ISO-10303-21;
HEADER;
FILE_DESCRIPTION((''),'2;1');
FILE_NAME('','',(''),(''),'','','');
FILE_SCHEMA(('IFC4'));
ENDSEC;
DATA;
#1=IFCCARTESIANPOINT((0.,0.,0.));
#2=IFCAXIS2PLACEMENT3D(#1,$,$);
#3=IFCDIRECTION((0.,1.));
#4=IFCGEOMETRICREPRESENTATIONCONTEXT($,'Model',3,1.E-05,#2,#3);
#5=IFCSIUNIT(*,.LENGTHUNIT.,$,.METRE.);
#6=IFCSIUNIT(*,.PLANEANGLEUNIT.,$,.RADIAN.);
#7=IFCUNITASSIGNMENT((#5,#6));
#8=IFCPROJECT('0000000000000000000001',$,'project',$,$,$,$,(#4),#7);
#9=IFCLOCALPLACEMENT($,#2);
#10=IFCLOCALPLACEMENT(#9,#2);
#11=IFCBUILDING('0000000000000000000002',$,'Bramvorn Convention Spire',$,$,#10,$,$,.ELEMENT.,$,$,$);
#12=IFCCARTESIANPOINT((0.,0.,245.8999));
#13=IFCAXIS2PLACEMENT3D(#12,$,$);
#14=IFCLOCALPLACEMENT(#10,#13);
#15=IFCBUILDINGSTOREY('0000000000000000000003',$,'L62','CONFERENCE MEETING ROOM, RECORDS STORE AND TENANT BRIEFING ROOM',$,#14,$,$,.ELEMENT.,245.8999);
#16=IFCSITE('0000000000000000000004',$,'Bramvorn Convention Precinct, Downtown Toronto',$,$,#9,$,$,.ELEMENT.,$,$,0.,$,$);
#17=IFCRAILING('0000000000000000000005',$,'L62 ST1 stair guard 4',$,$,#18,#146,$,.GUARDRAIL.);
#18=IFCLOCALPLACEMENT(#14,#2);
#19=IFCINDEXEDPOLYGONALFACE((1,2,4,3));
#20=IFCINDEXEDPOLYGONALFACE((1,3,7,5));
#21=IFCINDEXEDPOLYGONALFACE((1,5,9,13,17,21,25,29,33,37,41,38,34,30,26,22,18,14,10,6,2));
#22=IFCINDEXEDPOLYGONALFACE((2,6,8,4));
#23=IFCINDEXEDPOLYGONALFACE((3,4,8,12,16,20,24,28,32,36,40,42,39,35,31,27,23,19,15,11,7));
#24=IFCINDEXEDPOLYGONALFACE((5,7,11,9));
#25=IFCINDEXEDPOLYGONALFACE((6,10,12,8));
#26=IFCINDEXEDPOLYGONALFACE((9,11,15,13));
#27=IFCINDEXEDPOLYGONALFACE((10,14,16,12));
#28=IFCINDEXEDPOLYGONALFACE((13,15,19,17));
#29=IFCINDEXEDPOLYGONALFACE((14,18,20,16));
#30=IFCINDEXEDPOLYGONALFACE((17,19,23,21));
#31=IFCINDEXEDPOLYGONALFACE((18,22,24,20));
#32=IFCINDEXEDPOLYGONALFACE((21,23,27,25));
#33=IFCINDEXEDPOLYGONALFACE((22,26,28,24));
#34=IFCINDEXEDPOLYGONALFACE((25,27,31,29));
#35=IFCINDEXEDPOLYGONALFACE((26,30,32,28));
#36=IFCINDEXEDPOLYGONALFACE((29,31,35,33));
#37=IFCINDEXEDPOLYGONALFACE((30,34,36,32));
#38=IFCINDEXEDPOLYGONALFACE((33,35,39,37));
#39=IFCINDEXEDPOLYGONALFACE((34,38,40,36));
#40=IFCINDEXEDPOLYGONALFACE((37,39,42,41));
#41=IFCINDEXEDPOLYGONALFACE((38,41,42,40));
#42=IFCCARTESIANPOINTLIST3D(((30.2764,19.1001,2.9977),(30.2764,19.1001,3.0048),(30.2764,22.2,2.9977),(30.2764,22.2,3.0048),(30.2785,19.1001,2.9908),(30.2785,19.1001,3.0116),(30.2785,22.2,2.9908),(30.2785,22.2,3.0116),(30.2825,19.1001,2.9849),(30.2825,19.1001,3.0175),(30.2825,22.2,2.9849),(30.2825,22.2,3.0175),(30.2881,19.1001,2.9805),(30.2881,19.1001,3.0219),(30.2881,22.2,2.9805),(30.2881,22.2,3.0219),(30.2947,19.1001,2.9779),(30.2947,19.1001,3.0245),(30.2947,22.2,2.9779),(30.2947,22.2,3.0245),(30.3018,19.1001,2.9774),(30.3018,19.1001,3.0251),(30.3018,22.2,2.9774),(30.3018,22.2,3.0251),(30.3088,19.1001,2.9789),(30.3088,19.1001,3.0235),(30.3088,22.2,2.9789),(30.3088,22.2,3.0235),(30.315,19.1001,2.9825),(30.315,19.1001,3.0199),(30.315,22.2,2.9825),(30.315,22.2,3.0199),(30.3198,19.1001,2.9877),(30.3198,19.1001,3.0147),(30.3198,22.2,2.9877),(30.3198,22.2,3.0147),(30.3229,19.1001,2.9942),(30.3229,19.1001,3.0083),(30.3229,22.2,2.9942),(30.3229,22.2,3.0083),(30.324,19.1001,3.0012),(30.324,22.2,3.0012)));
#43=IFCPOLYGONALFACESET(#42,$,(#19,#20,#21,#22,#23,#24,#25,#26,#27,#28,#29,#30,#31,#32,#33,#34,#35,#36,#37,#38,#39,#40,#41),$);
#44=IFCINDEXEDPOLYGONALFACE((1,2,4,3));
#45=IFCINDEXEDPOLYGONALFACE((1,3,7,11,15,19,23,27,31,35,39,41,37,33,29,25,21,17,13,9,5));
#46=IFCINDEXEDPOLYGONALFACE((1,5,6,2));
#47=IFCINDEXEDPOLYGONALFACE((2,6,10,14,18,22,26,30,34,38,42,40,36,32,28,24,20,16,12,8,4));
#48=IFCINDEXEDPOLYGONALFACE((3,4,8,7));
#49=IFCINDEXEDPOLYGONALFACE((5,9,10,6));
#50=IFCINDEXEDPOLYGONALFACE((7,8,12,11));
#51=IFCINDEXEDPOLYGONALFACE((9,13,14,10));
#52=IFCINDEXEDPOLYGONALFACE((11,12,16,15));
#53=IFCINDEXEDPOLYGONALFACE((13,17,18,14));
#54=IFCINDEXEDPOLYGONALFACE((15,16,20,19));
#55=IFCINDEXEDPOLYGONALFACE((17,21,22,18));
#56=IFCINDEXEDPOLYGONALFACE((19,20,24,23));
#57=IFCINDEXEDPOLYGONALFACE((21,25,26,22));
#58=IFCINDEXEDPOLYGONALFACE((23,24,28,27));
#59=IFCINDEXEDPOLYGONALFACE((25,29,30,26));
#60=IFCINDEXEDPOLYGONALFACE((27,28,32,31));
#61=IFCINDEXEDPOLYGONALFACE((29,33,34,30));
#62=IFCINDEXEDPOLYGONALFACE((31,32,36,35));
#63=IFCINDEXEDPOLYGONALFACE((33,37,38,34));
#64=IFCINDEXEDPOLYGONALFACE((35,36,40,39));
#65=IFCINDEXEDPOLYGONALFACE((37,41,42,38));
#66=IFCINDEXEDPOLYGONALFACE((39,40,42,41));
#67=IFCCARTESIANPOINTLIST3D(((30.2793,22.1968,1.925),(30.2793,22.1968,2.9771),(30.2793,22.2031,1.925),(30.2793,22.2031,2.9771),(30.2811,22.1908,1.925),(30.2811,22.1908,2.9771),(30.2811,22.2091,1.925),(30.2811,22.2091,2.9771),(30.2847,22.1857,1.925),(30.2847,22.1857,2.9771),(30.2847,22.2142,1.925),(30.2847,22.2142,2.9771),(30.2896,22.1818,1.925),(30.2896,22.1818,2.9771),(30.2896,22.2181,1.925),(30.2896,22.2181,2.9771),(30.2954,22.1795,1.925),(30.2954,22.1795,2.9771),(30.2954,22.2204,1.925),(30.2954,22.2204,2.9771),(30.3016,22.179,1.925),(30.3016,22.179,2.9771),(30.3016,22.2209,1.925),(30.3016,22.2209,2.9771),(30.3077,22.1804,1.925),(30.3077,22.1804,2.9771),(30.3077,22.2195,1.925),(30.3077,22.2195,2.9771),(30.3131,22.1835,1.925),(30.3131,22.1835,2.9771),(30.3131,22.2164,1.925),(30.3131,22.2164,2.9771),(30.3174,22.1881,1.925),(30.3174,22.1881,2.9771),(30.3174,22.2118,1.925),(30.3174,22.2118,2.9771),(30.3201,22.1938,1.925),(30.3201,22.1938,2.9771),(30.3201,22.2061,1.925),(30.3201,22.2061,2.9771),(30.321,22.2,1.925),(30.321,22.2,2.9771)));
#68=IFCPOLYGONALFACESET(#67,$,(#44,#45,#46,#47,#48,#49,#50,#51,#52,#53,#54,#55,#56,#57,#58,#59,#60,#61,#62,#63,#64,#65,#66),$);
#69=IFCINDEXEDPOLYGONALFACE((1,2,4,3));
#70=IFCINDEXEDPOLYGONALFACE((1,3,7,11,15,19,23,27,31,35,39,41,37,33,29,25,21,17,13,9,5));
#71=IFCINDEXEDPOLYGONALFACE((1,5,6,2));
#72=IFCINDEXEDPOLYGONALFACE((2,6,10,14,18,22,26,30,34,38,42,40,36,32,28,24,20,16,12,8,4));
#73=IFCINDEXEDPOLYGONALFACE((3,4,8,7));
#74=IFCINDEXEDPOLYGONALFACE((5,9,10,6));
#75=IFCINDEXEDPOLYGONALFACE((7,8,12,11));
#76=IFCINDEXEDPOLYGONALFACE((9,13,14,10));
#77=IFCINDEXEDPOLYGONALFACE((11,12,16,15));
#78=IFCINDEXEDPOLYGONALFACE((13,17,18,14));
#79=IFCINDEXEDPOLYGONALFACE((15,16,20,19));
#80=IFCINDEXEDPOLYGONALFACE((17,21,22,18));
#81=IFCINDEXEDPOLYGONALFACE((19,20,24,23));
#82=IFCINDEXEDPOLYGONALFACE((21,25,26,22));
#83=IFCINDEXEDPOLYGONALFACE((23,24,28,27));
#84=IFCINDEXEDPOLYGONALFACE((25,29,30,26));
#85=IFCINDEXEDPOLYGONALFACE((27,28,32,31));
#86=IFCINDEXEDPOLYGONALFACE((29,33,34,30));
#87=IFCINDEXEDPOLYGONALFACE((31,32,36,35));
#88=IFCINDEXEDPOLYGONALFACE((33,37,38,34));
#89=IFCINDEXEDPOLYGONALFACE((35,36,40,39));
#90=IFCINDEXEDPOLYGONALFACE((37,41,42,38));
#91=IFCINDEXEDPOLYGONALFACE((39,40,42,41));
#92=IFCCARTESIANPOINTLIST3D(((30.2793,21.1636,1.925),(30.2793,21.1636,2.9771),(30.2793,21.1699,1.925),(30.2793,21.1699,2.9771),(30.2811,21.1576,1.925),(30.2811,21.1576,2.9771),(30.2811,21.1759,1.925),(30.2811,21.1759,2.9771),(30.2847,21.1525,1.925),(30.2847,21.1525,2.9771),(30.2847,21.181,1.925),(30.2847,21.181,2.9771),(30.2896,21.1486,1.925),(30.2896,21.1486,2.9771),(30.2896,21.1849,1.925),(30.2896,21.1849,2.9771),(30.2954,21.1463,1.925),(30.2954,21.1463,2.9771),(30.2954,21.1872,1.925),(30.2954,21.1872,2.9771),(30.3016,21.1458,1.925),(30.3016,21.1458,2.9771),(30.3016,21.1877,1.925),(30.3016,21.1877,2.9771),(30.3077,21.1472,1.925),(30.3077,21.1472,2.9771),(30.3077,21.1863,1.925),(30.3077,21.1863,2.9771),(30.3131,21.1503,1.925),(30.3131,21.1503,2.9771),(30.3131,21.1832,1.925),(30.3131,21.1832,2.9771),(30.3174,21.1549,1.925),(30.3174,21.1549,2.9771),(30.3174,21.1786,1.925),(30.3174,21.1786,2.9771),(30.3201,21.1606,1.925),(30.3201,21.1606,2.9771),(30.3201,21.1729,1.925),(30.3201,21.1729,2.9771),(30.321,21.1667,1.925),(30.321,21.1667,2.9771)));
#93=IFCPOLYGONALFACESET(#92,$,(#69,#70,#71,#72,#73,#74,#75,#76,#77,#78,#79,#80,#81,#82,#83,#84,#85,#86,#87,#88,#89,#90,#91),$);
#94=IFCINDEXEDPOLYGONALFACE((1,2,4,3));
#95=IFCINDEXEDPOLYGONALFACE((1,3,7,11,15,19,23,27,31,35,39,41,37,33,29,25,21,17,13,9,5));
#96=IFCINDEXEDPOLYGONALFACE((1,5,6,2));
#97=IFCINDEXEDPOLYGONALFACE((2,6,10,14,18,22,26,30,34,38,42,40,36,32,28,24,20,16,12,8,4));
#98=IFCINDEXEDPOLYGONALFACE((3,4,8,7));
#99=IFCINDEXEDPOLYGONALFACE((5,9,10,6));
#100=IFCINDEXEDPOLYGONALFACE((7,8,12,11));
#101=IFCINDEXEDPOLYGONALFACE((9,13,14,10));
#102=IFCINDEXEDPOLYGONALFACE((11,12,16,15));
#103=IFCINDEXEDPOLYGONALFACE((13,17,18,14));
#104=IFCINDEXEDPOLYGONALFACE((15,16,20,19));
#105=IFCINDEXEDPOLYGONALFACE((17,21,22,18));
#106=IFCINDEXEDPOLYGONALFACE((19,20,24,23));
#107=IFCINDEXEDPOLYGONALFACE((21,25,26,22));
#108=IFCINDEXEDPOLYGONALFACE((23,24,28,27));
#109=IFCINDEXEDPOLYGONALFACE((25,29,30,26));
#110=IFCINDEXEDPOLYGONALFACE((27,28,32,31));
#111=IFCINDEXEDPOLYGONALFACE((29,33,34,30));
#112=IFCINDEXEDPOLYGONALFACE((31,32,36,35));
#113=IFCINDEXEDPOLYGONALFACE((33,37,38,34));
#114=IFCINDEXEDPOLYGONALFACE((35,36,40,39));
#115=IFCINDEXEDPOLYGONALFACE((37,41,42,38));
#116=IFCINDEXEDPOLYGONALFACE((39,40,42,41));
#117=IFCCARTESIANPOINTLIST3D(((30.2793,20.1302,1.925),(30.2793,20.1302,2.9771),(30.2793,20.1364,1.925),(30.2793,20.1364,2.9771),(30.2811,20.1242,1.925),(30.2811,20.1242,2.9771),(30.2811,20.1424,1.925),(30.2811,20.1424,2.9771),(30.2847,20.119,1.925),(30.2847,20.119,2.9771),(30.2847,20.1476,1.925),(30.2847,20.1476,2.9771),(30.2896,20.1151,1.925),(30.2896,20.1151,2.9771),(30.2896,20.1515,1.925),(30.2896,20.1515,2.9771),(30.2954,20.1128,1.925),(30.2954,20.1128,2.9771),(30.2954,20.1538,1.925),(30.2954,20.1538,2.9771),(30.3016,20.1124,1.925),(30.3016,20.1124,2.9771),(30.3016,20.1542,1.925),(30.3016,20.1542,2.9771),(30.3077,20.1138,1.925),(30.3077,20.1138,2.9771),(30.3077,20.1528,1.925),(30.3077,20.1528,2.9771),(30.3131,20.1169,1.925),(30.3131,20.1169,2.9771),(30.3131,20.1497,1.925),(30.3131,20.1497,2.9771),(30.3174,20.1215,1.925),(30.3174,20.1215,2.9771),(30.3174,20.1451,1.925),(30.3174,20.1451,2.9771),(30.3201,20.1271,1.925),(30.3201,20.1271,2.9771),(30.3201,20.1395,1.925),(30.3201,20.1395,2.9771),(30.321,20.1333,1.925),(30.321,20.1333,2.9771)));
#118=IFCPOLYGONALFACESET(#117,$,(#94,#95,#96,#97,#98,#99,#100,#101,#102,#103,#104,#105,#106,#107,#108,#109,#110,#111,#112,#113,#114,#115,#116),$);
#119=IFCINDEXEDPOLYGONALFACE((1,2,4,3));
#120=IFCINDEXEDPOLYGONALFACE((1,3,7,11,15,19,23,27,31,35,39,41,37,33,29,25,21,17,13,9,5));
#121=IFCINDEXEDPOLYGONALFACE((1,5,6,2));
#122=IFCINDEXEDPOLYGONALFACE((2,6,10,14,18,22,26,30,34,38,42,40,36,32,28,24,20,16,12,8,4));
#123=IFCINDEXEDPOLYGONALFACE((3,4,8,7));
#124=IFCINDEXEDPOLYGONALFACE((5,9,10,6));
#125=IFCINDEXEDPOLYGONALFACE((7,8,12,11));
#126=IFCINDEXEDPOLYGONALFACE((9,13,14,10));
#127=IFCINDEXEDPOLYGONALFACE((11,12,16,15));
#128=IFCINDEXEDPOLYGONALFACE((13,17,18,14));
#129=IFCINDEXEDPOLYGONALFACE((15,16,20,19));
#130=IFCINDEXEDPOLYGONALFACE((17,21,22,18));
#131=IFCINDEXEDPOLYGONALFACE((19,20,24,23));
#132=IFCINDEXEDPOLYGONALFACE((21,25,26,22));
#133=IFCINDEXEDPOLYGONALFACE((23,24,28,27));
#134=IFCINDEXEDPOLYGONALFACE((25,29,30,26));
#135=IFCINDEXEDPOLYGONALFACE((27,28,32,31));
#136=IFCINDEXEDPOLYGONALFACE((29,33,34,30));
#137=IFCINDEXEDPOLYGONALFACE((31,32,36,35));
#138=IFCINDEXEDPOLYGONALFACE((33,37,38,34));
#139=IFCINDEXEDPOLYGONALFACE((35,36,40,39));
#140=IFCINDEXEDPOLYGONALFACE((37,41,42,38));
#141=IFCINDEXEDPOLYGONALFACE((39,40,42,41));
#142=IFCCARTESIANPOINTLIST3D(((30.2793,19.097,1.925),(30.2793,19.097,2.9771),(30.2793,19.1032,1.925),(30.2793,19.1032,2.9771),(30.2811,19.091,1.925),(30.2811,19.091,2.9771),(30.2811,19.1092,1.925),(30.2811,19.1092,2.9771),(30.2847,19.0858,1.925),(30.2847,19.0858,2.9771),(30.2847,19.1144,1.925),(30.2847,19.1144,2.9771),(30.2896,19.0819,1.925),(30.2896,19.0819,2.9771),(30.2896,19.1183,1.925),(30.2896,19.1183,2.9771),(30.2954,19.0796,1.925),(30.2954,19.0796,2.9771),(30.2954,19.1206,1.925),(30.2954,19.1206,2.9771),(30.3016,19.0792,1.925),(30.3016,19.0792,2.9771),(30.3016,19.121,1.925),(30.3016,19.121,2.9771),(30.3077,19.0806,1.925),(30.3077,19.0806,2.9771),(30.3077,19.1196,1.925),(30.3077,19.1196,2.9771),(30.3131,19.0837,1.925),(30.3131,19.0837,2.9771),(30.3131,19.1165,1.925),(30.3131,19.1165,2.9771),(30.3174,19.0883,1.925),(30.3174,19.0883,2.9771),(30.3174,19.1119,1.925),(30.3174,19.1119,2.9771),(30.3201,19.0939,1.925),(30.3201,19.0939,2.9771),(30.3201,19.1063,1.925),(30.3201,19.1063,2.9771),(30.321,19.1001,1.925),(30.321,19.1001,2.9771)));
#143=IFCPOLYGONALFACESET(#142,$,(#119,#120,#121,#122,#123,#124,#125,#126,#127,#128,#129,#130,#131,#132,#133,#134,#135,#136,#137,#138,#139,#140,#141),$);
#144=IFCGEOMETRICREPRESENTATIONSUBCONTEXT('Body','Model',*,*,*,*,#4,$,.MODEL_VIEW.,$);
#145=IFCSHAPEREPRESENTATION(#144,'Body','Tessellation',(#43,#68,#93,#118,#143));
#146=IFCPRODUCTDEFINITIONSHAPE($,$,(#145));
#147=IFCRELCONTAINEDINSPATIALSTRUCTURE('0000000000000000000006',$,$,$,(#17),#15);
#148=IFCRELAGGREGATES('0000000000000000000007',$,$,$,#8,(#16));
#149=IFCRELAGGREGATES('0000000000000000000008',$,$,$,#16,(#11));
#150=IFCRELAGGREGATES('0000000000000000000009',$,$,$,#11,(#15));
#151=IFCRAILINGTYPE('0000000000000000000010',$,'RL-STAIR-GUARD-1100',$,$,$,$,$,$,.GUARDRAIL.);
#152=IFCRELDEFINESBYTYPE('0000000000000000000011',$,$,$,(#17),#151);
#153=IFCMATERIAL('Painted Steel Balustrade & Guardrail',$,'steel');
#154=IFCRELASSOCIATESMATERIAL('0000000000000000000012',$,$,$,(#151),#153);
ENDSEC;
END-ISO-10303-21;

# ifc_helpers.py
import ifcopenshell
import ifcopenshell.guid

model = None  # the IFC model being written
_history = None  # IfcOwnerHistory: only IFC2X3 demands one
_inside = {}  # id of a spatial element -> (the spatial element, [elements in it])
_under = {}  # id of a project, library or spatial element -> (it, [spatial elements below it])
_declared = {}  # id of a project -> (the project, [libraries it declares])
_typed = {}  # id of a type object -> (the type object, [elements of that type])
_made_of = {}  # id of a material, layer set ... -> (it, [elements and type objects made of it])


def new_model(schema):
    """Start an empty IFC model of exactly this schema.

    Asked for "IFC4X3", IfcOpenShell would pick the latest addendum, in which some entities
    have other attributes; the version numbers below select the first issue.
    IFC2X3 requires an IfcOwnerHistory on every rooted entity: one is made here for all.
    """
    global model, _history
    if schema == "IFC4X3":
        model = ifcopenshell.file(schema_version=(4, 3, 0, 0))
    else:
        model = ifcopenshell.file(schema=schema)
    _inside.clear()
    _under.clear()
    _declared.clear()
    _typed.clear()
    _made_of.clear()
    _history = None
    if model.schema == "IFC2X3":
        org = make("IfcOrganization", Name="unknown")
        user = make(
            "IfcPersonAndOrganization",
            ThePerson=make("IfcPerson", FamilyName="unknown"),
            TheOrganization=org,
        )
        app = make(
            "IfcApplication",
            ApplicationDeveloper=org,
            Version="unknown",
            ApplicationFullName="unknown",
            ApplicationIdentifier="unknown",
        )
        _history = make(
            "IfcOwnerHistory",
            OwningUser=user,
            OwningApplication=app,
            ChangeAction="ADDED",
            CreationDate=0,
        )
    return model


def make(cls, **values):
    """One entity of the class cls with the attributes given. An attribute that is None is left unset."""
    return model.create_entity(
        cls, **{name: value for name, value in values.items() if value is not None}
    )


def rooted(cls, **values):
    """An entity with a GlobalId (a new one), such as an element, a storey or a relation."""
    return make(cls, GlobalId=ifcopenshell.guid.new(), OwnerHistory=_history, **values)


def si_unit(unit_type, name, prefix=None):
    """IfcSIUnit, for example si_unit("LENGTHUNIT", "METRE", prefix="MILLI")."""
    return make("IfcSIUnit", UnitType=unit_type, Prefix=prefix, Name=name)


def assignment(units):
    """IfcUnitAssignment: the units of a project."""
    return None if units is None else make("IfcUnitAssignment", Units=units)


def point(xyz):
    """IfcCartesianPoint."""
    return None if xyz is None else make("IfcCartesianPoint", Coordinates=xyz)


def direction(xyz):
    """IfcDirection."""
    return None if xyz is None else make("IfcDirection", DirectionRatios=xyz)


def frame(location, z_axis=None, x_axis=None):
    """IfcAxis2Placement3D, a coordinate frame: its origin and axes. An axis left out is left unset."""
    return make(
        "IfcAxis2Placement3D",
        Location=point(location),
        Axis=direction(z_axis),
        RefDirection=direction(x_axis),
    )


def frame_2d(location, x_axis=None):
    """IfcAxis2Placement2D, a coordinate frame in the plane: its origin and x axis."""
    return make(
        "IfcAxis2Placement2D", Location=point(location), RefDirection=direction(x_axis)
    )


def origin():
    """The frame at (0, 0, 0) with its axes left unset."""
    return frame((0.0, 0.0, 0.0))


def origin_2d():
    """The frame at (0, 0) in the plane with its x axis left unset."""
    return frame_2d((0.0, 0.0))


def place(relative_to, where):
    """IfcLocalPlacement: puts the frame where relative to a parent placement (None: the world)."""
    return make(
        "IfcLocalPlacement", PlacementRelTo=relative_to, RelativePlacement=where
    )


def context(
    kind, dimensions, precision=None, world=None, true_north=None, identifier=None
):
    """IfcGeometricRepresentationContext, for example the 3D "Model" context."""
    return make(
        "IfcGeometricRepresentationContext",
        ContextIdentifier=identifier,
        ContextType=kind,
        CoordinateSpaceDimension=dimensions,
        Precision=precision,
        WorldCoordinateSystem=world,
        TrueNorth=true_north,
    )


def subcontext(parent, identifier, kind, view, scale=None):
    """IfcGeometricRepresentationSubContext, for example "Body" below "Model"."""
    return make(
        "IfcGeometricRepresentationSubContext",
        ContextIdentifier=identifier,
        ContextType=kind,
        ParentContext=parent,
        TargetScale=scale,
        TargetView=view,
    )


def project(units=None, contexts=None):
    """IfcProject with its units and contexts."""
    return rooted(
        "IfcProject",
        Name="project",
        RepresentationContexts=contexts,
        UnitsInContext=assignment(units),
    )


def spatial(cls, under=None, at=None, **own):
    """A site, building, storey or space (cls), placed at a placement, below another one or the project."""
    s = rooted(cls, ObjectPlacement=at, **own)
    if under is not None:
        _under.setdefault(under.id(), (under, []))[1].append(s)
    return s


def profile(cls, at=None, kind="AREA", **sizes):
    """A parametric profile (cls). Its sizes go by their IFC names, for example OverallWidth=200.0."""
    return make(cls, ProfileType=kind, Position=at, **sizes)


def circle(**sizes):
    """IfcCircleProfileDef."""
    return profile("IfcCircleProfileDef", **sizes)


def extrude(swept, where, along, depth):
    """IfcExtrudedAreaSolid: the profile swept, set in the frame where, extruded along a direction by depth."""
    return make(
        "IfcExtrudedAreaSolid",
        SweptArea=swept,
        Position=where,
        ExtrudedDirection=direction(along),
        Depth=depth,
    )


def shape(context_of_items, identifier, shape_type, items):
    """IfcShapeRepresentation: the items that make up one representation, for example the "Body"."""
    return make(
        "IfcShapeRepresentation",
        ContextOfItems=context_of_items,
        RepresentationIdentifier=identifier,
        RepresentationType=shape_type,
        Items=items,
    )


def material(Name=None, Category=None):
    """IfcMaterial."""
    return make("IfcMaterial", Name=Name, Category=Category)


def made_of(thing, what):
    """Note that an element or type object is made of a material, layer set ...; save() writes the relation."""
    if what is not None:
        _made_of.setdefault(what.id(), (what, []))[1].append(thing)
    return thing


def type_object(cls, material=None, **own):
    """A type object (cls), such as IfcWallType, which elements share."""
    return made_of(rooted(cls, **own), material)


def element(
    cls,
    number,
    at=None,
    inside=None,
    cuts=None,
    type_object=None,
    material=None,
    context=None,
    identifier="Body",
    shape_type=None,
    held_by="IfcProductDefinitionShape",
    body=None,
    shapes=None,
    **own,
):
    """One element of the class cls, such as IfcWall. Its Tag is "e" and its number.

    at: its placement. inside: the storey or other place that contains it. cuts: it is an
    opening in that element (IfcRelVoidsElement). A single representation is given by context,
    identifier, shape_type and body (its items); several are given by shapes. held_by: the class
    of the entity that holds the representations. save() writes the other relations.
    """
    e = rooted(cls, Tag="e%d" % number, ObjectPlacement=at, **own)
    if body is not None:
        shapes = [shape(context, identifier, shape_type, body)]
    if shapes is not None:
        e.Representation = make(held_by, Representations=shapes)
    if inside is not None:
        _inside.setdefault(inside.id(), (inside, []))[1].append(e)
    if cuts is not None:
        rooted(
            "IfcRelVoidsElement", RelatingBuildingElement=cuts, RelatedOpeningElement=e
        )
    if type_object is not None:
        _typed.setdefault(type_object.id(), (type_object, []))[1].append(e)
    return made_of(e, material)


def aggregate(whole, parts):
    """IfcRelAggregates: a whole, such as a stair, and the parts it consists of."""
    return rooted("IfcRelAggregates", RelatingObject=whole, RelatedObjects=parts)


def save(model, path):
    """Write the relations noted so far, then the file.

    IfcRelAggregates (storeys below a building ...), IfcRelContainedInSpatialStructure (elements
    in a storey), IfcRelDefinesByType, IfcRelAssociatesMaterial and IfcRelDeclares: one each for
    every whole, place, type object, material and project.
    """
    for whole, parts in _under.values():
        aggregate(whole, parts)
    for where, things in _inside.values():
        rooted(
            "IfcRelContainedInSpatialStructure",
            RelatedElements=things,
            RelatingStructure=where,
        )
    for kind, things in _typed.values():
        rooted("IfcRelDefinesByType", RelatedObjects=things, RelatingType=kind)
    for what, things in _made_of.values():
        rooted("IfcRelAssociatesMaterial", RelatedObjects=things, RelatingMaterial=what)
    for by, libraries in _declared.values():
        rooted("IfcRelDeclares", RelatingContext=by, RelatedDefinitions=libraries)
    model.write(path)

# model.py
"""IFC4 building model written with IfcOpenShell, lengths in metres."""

from ifc_helpers import new_model, si_unit, direction, frame, origin, origin_2d, place, context, subcontext, project, spatial, circle, extrude, material, type_object, element, save


model = new_model("IFC4")

# Units and contexts
model_context = context("Model", 3, precision=1e-05, world=origin(), true_north=direction((0.0, 1.0)))
body_context = subcontext(model_context, "Body", "Model", "MODEL_VIEW")
ifc_project = project(units=[si_unit("LENGTHUNIT", "METRE"), si_unit("PLANEANGLEUNIT", "RADIAN")], contexts=[model_context])

# Site, building, storey
site_placement = place(None, origin())
site = spatial("IfcSite", under=ifc_project, at=site_placement, Name="Bramvorn Convention Precinct, Downtown Toronto", CompositionType="ELEMENT", RefElevation=0.0)
building_placement = place(site_placement, origin())
building = spatial("IfcBuilding", under=site, at=building_placement, Name="Bramvorn Convention Spire", CompositionType="ELEMENT")
storey_placement = place(building_placement, frame((0.0, 0.0, 245.8999)))
storey = spatial("IfcBuildingStorey", under=building, at=storey_placement, Name="L62", Description="CONFERENCE MEETING ROOM, RECORDS STORE AND TENANT BRIEFING ROOM", CompositionType="ELEMENT", Elevation=245.8999)

# Railing
ifc_material_1 = material(Name="Painted Steel Balustrade & Guardrail", Category="steel")
railing_type_1 = type_object("IfcRailingType", Name="RL-STAIR-GUARD-1100", PredefinedType="GUARDRAIL", material=ifc_material_1)
for number, where, name in (
    (1, (30.3, 22.2, 1.925), "L62 ST1 stair guard 4"),
):
    element("IfcRailing", number, at=place(storey_placement, frame(where)), inside=storey, type_object=railing_type_1, Name=name, PredefinedType="GUARDRAIL", context=body_context, shape_type="SweptSolid", body=[
        extrude(circle(Radius=0.0239, at=origin_2d()), frame((0.0, 0.0, 1.0762), z_axis=(0.0, -1.0, 0.0), x_axis=(1.0, 0.0, 0.0)), (0.0, 0.0, 1.0), 3.0999),
        extrude(circle(Radius=0.021, at=origin_2d()), origin(), (0.0, 0.0, 1.0), 1.052),
        extrude(circle(Radius=0.021, at=origin_2d()), frame((0.0, -1.0332, 0.0)), (0.0, 0.0, 1.0), 1.052),
        extrude(circle(Radius=0.021, at=origin_2d()), frame((0.0, -2.0667, 0.0)), (0.0, 0.0, 1.0), 1.052),
        extrude(circle(Radius=0.021, at=origin_2d()), frame((0.0, -3.0999, 0.0)), (0.0, 0.0, 1.0), 1.052),
    ])

save(model, "model.ifc")
